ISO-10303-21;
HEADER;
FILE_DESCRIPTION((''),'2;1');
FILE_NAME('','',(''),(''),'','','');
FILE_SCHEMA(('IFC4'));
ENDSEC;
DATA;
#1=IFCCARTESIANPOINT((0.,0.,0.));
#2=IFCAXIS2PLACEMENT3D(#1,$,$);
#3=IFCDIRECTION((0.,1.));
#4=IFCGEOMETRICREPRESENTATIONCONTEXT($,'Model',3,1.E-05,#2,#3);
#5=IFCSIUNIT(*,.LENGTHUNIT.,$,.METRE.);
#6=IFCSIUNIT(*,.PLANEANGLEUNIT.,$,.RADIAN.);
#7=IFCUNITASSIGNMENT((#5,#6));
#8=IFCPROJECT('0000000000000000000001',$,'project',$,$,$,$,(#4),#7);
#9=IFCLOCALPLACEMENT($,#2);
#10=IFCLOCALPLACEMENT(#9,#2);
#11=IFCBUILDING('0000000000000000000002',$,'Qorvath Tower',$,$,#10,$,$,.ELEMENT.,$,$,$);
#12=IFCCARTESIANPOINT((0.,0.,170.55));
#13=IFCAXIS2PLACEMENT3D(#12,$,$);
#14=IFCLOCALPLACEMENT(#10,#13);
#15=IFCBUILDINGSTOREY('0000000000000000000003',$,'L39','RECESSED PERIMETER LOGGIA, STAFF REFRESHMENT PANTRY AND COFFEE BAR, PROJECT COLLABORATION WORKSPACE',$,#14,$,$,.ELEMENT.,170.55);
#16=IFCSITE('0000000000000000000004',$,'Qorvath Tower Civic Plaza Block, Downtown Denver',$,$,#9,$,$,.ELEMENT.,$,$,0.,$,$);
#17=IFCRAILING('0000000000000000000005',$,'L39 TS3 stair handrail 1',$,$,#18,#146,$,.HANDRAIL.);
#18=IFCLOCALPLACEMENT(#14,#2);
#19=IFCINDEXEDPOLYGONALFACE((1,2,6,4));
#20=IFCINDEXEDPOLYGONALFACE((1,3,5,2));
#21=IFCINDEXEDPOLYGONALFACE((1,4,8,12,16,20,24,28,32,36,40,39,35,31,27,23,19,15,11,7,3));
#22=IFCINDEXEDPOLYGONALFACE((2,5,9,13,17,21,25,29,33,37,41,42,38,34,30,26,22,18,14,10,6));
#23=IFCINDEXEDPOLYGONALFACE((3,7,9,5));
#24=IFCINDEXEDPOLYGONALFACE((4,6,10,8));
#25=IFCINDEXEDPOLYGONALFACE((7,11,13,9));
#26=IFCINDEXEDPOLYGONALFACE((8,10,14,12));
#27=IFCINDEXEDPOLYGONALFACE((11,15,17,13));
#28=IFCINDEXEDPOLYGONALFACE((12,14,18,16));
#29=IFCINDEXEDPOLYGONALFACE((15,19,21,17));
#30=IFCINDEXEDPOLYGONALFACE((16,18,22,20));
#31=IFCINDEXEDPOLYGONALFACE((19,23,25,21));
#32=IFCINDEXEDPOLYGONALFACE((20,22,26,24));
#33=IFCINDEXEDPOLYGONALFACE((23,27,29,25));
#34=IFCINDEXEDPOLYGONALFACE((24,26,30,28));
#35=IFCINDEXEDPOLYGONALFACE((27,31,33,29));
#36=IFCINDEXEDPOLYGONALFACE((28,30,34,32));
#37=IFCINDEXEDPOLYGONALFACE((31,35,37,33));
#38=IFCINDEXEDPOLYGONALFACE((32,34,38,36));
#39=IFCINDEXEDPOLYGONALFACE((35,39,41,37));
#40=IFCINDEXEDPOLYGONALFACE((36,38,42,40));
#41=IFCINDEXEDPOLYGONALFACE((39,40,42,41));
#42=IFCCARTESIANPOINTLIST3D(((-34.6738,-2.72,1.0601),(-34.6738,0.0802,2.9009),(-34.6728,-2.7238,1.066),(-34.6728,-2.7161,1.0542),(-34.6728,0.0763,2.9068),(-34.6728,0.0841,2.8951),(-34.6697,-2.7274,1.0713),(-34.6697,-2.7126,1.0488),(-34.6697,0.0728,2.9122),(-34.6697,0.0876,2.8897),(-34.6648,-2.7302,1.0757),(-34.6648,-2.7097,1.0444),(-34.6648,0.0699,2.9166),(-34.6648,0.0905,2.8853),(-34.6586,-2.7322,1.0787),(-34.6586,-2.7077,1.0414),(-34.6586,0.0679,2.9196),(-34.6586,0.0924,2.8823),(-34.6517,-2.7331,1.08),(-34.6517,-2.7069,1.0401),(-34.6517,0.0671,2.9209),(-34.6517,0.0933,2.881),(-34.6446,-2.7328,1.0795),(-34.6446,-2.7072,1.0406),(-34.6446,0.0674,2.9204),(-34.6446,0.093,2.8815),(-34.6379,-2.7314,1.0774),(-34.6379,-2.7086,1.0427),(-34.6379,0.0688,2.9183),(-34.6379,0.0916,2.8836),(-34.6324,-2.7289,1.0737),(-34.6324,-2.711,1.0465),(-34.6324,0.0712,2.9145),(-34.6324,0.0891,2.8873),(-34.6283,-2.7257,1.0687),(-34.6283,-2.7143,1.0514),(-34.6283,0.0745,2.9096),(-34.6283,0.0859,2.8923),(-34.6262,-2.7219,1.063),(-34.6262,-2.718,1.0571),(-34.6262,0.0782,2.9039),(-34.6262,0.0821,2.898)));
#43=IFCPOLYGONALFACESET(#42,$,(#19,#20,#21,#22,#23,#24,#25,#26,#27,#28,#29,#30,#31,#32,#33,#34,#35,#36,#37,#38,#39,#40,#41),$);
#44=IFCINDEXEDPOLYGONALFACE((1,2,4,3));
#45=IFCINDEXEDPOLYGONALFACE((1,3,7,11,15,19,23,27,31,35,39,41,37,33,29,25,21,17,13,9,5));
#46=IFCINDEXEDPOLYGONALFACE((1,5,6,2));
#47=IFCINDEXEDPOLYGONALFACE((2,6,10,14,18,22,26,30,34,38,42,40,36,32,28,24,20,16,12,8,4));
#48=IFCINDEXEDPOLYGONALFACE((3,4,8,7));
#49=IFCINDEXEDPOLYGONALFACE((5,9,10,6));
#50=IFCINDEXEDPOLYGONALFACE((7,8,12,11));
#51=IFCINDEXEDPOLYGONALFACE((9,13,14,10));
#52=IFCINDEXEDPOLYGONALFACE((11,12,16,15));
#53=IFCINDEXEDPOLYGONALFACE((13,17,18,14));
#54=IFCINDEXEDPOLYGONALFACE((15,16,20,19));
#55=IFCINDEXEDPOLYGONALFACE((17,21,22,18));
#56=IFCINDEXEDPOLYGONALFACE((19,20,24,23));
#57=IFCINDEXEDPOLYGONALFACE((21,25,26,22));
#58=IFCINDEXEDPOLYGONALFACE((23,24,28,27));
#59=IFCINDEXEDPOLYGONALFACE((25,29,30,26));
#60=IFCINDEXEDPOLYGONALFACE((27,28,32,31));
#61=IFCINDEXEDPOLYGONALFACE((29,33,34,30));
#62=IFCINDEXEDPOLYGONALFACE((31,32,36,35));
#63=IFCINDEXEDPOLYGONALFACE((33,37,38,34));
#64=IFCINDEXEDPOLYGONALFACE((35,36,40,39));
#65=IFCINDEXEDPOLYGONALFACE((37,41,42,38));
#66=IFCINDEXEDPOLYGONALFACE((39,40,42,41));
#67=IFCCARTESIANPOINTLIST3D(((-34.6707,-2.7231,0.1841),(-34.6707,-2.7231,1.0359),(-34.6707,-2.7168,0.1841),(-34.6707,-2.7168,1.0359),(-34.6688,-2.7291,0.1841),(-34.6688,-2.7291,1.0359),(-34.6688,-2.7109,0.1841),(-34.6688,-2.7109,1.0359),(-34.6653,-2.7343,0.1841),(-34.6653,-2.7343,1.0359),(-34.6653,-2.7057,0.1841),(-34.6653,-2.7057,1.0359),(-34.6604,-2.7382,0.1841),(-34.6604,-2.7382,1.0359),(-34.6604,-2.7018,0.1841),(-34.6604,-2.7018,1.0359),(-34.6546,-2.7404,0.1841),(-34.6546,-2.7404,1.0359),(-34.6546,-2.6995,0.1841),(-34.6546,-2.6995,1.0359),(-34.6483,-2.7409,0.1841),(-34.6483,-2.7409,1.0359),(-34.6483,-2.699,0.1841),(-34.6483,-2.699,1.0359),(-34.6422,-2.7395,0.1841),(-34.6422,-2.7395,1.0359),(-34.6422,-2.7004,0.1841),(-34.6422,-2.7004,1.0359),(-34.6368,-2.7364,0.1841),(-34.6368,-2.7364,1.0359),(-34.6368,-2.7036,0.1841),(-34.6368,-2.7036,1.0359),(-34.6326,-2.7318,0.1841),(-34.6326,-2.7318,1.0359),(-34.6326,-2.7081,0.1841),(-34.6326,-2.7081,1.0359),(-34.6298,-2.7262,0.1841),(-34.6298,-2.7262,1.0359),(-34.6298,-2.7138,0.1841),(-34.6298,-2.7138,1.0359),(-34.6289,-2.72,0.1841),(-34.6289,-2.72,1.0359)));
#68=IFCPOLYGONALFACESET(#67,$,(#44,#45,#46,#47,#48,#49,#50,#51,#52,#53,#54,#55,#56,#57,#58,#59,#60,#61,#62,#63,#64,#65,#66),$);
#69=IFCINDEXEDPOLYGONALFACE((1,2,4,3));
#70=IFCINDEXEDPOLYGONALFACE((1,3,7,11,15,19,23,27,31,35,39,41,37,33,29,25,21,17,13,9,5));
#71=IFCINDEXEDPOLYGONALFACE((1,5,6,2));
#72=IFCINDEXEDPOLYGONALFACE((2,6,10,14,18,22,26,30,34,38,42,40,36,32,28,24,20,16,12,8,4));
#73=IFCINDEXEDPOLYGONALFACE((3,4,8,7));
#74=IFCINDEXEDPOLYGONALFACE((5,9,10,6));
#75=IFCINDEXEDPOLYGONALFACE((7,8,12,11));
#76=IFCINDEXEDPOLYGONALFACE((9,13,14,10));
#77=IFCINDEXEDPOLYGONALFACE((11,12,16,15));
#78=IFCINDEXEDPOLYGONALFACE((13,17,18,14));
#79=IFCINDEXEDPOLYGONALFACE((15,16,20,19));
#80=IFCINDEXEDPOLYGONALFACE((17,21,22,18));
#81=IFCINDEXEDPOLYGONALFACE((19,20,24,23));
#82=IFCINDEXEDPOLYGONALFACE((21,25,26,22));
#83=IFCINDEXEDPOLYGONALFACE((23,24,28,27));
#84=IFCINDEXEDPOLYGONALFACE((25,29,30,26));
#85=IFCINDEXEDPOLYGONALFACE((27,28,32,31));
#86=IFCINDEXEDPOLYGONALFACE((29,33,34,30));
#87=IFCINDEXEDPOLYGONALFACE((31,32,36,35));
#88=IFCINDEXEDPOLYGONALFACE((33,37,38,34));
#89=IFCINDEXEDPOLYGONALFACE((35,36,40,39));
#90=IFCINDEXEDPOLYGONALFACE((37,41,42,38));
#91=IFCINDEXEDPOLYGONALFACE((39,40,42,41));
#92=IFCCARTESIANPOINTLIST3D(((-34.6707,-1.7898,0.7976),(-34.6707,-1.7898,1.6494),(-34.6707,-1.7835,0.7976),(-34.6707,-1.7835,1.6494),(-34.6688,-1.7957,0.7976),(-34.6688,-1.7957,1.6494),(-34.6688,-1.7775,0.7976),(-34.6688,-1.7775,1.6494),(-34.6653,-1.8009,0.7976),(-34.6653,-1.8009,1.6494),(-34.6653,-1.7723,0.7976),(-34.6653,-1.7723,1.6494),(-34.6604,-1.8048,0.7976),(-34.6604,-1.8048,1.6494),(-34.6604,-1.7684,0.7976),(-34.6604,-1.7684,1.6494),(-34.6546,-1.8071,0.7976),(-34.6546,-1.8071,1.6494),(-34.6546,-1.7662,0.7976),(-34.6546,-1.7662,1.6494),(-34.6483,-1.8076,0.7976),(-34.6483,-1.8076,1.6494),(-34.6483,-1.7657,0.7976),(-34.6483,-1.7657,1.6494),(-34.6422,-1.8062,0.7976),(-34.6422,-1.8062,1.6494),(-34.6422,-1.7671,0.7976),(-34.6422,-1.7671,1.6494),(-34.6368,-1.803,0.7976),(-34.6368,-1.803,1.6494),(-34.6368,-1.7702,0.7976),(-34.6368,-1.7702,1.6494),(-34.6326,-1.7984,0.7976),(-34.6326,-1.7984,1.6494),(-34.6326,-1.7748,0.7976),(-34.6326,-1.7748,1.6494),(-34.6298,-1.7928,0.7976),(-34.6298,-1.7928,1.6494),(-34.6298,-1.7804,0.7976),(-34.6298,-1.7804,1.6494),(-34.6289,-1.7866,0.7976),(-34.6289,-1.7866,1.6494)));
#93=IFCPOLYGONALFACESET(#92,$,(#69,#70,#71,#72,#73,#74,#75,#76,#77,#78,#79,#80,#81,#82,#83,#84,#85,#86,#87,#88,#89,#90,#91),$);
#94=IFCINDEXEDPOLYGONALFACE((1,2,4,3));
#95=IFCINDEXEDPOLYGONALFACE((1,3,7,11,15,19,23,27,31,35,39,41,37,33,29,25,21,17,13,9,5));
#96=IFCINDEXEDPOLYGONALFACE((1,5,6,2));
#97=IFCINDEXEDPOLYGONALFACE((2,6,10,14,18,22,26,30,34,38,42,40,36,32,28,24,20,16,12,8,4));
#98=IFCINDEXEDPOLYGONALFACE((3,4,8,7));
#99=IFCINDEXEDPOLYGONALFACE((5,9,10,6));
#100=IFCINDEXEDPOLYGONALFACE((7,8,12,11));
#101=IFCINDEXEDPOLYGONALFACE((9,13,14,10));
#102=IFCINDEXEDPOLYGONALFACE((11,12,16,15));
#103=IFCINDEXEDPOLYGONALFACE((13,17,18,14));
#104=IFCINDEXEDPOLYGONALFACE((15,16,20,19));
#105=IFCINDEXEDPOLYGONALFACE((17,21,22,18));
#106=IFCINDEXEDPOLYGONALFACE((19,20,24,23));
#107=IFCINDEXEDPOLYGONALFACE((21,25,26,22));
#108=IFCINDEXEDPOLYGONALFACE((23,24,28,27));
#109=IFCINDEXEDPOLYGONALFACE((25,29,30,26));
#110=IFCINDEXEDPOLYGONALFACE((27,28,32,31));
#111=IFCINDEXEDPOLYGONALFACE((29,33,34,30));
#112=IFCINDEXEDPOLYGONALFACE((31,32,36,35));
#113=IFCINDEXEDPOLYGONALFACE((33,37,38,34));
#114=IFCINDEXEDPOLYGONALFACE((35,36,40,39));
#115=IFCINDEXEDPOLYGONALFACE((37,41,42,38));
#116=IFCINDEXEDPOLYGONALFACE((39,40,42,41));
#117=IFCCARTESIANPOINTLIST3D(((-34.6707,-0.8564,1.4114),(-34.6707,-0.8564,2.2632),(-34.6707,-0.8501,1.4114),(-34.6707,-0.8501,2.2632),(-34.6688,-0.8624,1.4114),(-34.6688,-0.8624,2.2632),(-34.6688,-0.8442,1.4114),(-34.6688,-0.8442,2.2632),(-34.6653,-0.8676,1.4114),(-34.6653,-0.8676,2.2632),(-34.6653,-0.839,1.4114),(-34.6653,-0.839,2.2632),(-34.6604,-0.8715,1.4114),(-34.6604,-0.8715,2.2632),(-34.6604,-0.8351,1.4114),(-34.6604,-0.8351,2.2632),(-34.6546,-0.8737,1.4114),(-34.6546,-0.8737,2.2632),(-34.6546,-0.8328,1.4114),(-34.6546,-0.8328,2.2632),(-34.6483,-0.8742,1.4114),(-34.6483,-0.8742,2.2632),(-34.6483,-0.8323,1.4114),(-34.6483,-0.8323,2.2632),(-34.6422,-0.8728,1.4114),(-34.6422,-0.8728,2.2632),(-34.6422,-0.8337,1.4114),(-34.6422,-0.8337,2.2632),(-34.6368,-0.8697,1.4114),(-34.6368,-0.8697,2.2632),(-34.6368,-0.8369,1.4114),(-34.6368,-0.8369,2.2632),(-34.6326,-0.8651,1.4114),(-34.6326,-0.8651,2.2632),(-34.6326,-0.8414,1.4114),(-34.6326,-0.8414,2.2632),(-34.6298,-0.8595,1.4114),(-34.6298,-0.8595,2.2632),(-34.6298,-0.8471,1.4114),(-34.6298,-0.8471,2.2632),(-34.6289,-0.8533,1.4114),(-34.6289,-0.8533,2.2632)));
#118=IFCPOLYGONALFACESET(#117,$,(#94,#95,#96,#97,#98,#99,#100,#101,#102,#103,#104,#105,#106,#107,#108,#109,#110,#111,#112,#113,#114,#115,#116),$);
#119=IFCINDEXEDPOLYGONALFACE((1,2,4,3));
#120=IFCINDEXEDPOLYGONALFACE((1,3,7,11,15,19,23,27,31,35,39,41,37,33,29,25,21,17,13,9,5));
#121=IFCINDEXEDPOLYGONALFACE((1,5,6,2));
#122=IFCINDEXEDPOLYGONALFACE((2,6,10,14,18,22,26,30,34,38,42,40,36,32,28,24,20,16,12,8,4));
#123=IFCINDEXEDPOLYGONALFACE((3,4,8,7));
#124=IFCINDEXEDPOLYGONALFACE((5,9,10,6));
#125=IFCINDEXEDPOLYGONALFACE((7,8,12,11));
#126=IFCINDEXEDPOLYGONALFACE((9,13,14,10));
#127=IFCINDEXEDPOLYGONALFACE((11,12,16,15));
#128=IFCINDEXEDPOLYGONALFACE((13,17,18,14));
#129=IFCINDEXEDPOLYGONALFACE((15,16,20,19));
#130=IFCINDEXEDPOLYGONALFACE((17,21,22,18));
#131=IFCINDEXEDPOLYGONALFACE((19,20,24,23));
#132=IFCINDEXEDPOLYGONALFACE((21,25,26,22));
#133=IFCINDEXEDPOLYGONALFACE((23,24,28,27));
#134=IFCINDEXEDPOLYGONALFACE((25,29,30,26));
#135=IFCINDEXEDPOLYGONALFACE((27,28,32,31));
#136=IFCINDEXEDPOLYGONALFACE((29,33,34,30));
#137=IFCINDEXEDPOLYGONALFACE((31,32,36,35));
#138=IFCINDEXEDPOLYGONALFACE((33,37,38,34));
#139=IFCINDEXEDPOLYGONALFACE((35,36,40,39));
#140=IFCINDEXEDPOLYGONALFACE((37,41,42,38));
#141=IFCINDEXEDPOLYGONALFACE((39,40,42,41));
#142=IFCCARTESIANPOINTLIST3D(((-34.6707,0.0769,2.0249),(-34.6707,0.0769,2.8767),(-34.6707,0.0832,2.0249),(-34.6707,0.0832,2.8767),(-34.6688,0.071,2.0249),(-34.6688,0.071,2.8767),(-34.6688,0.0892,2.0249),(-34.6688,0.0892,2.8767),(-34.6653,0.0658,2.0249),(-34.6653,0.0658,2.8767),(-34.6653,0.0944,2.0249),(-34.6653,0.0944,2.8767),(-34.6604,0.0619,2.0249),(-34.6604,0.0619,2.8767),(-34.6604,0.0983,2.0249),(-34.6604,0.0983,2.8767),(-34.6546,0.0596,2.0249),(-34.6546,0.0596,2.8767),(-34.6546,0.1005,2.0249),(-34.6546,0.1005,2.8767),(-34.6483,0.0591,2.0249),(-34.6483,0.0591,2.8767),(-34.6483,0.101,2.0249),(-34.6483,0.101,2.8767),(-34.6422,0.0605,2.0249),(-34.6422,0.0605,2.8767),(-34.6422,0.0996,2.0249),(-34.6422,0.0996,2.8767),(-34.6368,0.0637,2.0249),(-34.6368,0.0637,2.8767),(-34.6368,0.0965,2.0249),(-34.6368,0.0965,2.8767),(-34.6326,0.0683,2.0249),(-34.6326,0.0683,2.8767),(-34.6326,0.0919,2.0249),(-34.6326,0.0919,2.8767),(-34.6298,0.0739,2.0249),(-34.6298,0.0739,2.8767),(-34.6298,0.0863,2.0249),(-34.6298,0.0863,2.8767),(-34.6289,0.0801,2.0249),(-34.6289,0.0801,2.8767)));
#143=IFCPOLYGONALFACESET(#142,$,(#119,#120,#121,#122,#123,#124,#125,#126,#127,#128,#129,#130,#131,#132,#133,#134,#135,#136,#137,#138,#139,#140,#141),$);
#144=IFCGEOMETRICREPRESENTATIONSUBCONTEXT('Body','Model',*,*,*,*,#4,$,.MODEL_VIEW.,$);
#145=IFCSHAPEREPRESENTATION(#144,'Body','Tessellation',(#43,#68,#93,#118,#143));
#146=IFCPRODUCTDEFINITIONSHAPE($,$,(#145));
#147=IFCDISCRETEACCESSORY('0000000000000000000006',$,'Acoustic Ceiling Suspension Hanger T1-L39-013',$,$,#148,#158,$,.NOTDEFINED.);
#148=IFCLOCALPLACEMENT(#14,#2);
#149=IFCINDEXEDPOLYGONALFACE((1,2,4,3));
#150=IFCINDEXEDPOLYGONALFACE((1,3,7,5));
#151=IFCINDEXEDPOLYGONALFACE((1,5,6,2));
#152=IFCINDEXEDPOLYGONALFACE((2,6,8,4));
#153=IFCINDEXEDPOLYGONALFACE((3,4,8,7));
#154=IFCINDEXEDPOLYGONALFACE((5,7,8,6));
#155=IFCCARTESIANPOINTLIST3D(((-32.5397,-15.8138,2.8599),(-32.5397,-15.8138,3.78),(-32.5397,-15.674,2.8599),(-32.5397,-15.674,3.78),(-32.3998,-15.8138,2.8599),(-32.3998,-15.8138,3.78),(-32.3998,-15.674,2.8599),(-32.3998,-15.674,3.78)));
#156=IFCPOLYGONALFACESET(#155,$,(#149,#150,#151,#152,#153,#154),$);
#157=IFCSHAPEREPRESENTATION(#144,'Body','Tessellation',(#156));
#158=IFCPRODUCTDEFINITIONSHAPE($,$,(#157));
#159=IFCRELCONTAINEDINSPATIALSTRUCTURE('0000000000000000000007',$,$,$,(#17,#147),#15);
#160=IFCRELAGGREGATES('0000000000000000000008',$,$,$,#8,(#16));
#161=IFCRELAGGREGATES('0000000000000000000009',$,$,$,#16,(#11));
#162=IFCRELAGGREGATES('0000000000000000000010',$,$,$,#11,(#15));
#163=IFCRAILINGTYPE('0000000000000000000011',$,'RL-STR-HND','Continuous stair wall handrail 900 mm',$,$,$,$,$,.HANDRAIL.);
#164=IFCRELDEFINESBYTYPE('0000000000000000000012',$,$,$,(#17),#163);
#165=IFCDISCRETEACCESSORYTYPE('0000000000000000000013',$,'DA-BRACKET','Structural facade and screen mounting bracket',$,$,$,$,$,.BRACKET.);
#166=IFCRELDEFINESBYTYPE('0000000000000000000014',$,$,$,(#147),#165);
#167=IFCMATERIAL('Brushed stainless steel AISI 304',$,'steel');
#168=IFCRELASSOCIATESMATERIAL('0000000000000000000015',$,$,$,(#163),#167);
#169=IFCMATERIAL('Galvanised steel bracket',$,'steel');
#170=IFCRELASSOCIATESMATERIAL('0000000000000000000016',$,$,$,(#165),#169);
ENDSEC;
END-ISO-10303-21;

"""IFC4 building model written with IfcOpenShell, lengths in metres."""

from ifc_helpers import new_model, si_unit, direction, frame, origin, origin_2d, place, context, subcontext, project, spatial, rectangle, circle, extrude, material, type_object, element, save


model = new_model("IFC4")

# Units and contexts
model_context = context("Model", 3, precision=1e-05, world=origin(), true_north=direction((0.0, 1.0)))
body_context = subcontext(model_context, "Body", "Model", "MODEL_VIEW")
ifc_project = project(units=[si_unit("LENGTHUNIT", "METRE"), si_unit("PLANEANGLEUNIT", "RADIAN")], contexts=[model_context])

# Site, building, storey
site_placement = place(None, origin())
site = spatial("IfcSite", under=ifc_project, at=site_placement, Name="Qorvath Tower Civic Plaza Block, Downtown Denver", CompositionType="ELEMENT", RefElevation=0.0)
building_placement = place(site_placement, origin())
building = spatial("IfcBuilding", under=site, at=building_placement, Name="Qorvath Tower", CompositionType="ELEMENT")
storey_placement = place(building_placement, frame((0.0, 0.0, 170.55)))
storey = spatial("IfcBuildingStorey", under=building, at=storey_placement, Name="L39", Description="RECESSED PERIMETER LOGGIA, STAFF REFRESHMENT PANTRY AND COFFEE BAR, PROJECT COLLABORATION WORKSPACE", CompositionType="ELEMENT", Elevation=170.55)

# Railing
ifc_material_1 = material(Name="Brushed stainless steel AISI 304", Category="steel")
railing_type_1 = type_object("IfcRailingType", Name="RL-STR-HND", Description="Continuous stair wall handrail 900 mm", PredefinedType="HANDRAIL", material=ifc_material_1)
railing_1_placement = place(storey_placement, frame((-34.6499, -2.72, 0.1841)))
element("IfcRailing", 1, at=railing_1_placement, inside=storey, type_object=railing_type_1, Name="L39 TS3 stair handrail 1", PredefinedType="HANDRAIL", context=body_context, shape_type="SweptSolid", body=[
    extrude(circle(Radius=0.0239, at=origin_2d()), frame((0.0, 0.0, 0.876), z_axis=(0.0, 0.835598, 0.549342), x_axis=(-1.0, 0.0, 0.0)), (0.0, 0.0, 1.0), 3.3511),
    extrude(circle(Radius=0.021, at=origin_2d()), origin(), (0.0, 0.0, 1.0), 0.8518),
    extrude(circle(Radius=0.021, at=origin_2d()), frame((0.0, 0.9333, 0.6135)), (0.0, 0.0, 1.0), 0.8518),
    extrude(circle(Radius=0.021, at=origin_2d()), frame((0.0, 1.8667, 1.2273)), (0.0, 0.0, 1.0), 0.8518),
    extrude(circle(Radius=0.021, at=origin_2d()), frame((0.0, 2.8, 1.8408)), (0.0, 0.0, 1.0), 0.8518),
])

# Discrete accessory
ifc_material_2 = material(Name="Galvanised steel bracket", Category="steel")
discrete_accessory_type = type_object("IfcDiscreteAccessoryType", Name="DA-BRACKET", Description="Structural facade and screen mounting bracket", PredefinedType="BRACKET", material=ifc_material_2)
discrete_accessory_placement = place(storey_placement, frame((-32.4697, -15.7439, 2.8599), z_axis=(0.0, 0.0, 1.0), x_axis=(1.0, 0.0, 0.0)))
element("IfcDiscreteAccessory", 2, at=discrete_accessory_placement, inside=storey, type_object=discrete_accessory_type, Name="Acoustic Ceiling Suspension Hanger T1-L39-013", PredefinedType="NOTDEFINED", context=body_context, shape_type="SweptSolid", body=[
    extrude(rectangle(XDim=0.1399, YDim=0.1399, at=origin_2d()), origin(), (0.0, 0.0, 1.0), 0.9202),
])

save(model, "model.ifc")
